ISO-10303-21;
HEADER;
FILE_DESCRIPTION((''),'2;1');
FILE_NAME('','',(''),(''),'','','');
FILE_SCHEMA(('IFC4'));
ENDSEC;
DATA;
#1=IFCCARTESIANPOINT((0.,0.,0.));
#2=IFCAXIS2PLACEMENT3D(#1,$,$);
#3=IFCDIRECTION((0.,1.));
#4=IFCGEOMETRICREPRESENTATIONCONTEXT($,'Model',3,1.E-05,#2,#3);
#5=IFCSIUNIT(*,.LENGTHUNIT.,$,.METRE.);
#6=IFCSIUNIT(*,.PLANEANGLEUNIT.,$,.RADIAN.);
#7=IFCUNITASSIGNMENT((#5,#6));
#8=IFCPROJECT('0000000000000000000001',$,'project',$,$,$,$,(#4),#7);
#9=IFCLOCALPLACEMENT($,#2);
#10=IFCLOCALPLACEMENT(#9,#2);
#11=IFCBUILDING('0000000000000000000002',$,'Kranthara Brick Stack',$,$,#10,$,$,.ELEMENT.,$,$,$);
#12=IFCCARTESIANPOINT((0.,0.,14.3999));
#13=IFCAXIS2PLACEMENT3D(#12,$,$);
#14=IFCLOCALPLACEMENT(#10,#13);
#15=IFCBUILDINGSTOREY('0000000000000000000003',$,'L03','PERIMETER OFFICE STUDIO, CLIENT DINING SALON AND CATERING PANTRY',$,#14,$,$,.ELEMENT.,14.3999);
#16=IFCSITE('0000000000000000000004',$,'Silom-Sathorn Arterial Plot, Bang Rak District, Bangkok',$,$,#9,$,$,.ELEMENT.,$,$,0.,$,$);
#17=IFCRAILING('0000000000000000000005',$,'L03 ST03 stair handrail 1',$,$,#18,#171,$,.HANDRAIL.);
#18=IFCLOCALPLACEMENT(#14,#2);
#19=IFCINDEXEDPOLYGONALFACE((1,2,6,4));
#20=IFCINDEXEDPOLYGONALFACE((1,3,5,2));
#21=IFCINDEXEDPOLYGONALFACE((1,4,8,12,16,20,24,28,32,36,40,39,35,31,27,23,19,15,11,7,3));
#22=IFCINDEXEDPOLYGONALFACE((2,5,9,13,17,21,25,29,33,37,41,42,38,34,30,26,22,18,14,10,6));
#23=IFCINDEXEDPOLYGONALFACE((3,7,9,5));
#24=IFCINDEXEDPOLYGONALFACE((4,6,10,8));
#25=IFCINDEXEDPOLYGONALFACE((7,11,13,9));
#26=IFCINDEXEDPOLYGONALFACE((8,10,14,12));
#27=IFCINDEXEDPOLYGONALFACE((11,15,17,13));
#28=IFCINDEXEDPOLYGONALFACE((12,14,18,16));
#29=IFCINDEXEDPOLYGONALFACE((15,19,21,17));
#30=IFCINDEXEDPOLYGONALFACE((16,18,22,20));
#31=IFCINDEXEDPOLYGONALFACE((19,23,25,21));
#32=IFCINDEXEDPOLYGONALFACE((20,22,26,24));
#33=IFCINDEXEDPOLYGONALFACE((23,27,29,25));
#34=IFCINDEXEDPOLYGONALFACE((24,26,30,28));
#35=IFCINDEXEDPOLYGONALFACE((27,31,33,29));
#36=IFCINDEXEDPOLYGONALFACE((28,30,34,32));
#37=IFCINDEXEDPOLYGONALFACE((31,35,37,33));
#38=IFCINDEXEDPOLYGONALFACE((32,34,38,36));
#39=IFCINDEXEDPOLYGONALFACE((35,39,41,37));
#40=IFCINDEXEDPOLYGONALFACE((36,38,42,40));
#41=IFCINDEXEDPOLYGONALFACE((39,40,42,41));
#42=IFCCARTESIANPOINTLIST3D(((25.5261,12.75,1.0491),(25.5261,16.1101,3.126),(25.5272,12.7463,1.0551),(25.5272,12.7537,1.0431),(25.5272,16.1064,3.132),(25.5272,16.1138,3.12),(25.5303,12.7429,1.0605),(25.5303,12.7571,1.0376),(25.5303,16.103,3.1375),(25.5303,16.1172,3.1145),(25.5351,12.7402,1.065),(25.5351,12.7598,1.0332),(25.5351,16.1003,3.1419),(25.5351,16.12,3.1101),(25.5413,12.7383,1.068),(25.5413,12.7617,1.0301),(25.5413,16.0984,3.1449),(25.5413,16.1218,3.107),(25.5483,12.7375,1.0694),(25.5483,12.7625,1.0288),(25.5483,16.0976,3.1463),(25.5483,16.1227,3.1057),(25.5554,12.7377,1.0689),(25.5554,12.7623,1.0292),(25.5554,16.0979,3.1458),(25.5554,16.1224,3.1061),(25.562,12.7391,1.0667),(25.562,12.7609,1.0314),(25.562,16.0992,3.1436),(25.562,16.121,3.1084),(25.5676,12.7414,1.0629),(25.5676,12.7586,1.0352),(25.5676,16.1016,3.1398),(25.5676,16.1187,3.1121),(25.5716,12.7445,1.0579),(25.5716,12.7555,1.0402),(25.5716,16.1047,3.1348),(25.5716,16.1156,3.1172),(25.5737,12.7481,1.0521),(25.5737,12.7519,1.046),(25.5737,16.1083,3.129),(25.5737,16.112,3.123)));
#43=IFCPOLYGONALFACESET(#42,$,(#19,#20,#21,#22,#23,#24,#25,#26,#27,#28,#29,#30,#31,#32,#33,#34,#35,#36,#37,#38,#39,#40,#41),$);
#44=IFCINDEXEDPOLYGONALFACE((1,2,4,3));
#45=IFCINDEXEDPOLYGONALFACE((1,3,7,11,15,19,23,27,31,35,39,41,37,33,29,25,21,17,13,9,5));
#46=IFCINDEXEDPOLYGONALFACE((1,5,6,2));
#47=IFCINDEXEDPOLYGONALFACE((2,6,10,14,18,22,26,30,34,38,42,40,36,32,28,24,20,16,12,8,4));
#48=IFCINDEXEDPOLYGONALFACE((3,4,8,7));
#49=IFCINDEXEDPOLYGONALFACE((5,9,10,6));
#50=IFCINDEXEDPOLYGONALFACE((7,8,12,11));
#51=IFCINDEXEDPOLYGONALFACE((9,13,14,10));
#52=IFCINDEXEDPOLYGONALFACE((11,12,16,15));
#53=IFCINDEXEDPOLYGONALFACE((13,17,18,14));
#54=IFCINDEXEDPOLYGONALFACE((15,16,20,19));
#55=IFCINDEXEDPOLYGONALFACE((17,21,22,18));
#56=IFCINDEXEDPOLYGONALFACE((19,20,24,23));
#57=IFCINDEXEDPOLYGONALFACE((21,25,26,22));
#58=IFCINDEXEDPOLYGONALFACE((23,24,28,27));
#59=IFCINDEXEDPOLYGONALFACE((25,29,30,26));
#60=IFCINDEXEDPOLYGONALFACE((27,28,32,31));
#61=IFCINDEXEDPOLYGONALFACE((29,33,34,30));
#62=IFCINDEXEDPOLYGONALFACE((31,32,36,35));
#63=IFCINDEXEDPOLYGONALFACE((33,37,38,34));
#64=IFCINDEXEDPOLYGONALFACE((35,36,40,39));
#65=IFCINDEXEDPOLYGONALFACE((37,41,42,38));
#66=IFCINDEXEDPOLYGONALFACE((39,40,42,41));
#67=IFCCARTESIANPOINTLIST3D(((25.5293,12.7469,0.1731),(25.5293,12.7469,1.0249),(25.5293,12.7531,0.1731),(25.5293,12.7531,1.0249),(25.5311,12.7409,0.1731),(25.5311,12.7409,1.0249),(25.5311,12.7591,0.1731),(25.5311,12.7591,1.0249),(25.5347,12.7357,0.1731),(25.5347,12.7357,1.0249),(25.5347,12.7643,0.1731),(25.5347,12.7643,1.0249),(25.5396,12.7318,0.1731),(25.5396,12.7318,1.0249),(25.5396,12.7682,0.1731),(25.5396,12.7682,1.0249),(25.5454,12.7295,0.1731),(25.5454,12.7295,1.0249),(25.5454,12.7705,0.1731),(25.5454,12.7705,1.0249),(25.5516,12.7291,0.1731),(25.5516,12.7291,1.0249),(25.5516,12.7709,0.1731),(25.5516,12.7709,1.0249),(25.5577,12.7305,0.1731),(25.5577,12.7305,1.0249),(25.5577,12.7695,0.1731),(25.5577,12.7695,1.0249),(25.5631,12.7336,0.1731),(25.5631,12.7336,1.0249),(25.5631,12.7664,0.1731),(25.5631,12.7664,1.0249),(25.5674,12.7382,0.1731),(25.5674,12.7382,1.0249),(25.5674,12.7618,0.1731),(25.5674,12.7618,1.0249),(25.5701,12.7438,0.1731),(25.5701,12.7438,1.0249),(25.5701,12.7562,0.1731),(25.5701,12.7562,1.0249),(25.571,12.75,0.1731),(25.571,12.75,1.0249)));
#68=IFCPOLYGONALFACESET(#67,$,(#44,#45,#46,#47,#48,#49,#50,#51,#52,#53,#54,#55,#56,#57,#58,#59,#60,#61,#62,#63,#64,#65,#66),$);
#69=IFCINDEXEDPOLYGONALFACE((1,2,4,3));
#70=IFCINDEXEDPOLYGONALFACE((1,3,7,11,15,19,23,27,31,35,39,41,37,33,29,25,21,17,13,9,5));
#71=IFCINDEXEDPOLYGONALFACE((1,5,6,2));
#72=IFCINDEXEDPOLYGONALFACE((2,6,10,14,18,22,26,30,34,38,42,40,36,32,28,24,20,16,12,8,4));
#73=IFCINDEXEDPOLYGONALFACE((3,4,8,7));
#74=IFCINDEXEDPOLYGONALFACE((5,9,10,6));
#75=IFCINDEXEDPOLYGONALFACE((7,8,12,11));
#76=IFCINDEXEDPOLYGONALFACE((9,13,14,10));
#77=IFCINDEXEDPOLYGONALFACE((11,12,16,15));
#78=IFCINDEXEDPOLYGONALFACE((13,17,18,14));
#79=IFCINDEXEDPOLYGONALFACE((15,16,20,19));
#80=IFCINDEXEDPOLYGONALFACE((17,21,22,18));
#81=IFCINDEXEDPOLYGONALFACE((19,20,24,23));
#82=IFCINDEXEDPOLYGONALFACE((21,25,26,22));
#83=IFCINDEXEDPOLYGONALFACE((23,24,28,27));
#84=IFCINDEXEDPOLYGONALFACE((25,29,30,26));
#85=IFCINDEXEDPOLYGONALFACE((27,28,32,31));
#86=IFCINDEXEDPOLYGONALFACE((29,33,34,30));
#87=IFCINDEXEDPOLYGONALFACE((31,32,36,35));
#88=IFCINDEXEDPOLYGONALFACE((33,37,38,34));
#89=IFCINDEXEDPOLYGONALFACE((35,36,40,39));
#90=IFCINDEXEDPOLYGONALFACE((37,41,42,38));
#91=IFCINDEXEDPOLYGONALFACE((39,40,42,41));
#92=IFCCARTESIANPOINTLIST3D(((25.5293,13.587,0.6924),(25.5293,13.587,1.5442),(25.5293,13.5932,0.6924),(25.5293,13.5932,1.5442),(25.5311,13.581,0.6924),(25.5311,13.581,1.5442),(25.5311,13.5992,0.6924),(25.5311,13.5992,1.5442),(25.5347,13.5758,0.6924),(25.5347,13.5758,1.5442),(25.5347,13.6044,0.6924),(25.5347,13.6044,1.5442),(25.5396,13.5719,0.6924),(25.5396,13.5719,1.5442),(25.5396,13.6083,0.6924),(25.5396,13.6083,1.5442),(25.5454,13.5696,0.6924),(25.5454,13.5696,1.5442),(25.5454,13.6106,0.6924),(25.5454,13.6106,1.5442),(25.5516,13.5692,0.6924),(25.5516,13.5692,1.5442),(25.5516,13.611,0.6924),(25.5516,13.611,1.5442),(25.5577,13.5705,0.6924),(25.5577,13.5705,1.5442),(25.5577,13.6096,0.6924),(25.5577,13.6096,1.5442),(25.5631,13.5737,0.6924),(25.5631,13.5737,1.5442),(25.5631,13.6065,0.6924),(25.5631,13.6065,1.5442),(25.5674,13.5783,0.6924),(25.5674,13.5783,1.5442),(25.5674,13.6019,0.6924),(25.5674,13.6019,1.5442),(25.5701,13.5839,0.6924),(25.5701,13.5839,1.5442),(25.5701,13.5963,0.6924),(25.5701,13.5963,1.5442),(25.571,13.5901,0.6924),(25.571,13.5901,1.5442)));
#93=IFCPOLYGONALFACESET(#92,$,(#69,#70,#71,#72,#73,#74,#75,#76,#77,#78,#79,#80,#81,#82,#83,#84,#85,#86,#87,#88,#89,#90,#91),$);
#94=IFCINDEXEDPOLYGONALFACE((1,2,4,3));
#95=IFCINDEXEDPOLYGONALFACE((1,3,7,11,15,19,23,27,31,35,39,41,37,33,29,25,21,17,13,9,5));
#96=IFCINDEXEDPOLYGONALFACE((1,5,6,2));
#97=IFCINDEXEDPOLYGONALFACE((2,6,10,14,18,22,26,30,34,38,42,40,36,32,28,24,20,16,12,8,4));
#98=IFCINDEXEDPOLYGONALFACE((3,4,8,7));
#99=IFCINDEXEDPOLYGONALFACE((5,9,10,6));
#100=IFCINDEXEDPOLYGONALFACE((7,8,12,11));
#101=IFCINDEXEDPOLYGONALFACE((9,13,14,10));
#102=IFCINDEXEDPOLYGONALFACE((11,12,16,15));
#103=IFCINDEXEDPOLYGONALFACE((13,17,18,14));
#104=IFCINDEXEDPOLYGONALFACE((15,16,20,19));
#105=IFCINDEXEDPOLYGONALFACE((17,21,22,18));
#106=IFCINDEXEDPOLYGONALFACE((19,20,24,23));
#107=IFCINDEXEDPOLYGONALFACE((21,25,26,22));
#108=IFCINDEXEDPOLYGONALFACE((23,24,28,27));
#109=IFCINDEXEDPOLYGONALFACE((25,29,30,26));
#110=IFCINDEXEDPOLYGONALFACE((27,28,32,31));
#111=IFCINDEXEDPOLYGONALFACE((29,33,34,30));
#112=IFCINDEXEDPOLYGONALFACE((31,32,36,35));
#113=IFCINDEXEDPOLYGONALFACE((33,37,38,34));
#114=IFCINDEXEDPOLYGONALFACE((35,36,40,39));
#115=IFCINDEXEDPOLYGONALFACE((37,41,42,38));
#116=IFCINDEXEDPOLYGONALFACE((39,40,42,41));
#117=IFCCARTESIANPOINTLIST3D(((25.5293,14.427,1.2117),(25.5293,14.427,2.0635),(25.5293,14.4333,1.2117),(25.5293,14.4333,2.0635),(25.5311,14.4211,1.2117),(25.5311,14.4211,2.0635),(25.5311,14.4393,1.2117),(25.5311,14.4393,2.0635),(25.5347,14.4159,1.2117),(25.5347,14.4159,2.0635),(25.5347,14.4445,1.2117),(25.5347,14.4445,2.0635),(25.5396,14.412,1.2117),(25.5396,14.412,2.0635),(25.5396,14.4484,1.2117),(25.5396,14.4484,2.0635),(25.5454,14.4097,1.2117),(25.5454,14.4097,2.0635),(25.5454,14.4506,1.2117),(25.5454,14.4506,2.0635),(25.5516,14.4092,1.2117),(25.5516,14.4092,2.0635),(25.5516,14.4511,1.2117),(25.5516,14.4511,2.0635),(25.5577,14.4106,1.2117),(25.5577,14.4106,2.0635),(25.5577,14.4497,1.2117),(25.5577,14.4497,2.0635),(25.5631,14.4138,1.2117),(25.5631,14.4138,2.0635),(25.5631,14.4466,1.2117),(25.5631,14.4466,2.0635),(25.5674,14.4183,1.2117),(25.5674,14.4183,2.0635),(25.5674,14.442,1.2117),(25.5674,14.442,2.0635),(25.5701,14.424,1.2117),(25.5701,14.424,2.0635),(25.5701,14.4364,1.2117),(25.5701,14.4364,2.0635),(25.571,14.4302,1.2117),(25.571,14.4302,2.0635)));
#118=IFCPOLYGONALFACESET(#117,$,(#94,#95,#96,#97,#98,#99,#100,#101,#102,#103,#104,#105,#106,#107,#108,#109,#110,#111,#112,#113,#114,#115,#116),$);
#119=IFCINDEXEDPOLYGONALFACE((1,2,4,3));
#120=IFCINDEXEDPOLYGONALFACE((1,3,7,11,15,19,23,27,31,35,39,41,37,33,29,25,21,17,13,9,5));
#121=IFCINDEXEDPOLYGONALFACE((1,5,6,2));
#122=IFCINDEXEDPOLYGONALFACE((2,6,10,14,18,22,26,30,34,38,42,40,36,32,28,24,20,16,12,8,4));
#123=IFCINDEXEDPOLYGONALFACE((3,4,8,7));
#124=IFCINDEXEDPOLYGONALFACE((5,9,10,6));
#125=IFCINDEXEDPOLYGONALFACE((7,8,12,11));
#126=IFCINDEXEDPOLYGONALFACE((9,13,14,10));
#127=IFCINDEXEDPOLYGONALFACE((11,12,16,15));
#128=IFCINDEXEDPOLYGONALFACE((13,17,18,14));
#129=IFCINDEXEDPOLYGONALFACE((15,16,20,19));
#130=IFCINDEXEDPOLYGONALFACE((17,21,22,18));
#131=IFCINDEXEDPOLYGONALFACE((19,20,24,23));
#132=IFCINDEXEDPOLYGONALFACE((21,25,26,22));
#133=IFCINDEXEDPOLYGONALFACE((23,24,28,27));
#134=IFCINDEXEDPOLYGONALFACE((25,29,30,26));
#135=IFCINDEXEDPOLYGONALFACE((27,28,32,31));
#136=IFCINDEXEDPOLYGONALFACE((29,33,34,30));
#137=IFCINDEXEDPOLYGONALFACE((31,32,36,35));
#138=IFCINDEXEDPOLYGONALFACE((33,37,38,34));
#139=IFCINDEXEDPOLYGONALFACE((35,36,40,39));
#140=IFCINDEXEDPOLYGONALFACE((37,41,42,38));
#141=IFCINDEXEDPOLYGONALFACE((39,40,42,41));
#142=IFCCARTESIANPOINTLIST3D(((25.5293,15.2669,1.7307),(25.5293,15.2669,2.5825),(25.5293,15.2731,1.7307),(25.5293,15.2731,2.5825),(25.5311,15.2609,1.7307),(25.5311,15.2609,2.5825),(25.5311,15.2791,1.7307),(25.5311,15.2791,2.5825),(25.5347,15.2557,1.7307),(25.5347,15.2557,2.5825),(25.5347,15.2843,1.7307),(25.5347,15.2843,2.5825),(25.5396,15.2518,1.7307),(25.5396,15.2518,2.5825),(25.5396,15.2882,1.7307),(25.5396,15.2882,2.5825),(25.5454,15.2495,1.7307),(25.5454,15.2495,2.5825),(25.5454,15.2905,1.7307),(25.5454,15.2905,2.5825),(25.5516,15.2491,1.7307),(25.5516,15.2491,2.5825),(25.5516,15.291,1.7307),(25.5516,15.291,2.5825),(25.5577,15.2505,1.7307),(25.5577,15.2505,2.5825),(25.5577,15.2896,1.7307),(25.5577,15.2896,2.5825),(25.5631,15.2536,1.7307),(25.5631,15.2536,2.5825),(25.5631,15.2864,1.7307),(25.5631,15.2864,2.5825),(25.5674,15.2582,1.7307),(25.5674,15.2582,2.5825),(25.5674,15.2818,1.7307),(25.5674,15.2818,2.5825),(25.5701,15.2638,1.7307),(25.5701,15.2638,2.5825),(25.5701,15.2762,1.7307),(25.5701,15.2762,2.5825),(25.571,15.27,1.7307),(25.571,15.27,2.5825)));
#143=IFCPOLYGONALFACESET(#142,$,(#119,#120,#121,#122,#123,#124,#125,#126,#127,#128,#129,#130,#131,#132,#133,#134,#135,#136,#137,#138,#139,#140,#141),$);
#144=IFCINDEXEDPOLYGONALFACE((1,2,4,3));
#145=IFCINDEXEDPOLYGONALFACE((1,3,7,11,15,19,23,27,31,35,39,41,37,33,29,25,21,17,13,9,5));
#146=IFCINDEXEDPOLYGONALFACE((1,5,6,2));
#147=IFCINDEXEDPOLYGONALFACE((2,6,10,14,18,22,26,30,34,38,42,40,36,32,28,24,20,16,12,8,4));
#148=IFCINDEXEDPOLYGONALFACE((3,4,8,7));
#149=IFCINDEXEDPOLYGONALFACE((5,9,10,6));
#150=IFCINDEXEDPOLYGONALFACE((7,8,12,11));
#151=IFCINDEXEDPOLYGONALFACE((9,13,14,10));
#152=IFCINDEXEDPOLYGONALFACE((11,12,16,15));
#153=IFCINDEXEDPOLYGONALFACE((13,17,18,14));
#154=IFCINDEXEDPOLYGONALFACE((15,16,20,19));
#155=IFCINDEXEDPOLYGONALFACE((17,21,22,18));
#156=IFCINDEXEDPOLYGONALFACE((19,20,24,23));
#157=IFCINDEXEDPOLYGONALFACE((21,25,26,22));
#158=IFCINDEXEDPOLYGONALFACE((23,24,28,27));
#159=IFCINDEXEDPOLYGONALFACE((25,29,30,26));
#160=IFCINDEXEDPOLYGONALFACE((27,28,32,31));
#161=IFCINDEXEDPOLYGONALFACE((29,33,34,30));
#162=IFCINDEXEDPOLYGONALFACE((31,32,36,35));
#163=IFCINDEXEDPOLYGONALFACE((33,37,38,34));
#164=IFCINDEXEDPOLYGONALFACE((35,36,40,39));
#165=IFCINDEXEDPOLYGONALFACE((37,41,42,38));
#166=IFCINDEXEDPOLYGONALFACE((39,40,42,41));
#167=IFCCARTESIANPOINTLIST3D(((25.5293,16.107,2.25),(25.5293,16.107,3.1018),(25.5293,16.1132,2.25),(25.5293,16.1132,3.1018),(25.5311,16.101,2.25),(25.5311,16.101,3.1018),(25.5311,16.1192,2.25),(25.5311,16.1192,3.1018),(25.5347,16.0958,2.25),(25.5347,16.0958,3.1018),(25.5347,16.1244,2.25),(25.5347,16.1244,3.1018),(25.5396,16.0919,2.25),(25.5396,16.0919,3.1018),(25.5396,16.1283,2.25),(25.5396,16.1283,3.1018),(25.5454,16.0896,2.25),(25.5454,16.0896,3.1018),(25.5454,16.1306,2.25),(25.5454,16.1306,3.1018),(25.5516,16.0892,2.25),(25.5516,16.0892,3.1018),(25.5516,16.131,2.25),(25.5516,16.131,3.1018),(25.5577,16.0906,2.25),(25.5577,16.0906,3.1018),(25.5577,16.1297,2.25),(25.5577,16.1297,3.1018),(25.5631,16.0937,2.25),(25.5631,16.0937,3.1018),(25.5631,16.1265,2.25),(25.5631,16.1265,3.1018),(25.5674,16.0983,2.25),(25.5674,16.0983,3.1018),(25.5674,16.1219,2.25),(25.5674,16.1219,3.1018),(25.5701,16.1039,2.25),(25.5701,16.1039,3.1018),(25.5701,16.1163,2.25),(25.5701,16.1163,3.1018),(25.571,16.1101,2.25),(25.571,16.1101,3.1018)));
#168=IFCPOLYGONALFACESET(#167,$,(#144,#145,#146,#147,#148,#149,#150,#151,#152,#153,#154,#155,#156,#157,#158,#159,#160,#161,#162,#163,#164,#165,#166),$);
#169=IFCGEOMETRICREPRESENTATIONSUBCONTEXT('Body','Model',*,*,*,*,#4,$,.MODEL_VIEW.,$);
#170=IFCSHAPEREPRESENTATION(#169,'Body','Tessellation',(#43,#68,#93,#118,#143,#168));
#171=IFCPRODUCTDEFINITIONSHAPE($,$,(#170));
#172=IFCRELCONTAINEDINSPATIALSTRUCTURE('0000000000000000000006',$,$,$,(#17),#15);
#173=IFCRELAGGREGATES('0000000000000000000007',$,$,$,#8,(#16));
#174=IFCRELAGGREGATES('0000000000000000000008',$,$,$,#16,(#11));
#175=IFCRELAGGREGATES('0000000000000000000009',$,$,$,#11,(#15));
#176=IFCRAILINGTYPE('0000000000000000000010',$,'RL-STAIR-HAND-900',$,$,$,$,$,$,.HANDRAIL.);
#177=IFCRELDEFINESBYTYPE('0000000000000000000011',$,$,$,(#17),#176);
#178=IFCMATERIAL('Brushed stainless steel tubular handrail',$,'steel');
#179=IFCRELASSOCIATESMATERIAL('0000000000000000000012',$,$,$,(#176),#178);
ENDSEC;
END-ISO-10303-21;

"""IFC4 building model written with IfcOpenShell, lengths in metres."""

from ifc_helpers import new_model, si_unit, direction, frame, origin, origin_2d, place, context, subcontext, project, spatial, circle, extrude, material, type_object, element, save


model = new_model("IFC4")

# Units and contexts
model_context = context("Model", 3, precision=1e-05, world=origin(), true_north=direction((0.0, 1.0)))
body_context = subcontext(model_context, "Body", "Model", "MODEL_VIEW")
ifc_project = project(units=[si_unit("LENGTHUNIT", "METRE"), si_unit("PLANEANGLEUNIT", "RADIAN")], contexts=[model_context])

# Site, building, storey
site_placement = place(None, origin())
site = spatial("IfcSite", under=ifc_project, at=site_placement, Name="Silom-Sathorn Arterial Plot, Bang Rak District, Bangkok", CompositionType="ELEMENT", RefElevation=0.0)
building_placement = place(site_placement, origin())
building = spatial("IfcBuilding", under=site, at=building_placement, Name="Kranthara Brick Stack", CompositionType="ELEMENT")
storey_placement = place(building_placement, frame((0.0, 0.0, 14.3999)))
storey = spatial("IfcBuildingStorey", under=building, at=storey_placement, Name="L03", Description="PERIMETER OFFICE STUDIO, CLIENT DINING SALON AND CATERING PANTRY", CompositionType="ELEMENT", Elevation=14.3999)

# Railing
ifc_material_1 = material(Name="Brushed stainless steel tubular handrail", Category="steel")
railing_type = type_object("IfcRailingType", Name="RL-STAIR-HAND-900", PredefinedType="HANDRAIL", material=ifc_material_1)
railing_placement = place(storey_placement, frame((25.55, 12.75, 0.1731)))
element("IfcRailing", 1, at=railing_placement, inside=storey, type_object=railing_type, Name="L03 ST03 stair handrail 1", PredefinedType="HANDRAIL", context=body_context, shape_type="SweptSolid", body=[
    extrude(circle(Radius=0.0239, at=origin_2d()), frame((0.0, 0.0, 0.876), z_axis=(0.0, 0.850623, 0.525776), x_axis=(-1.0, 0.0, 0.0)), (0.0, 0.0, 1.0), 3.9502),
    extrude(circle(Radius=0.021, at=origin_2d()), origin(), (0.0, 0.0, 1.0), 0.8518),
    extrude(circle(Radius=0.021, at=origin_2d()), frame((0.0, 0.8401, 0.5193)), (0.0, 0.0, 1.0), 0.8518),
    extrude(circle(Radius=0.021, at=origin_2d()), frame((0.0, 1.6802, 1.0386)), (0.0, 0.0, 1.0), 0.8518),
    extrude(circle(Radius=0.021, at=origin_2d()), frame((0.0, 2.52, 1.5576)), (0.0, 0.0, 1.0), 0.8518),
    extrude(circle(Radius=0.021, at=origin_2d()), frame((0.0, 3.3601, 2.0769)), (0.0, 0.0, 1.0), 0.8518),
])

save(model, "model.ifc")
